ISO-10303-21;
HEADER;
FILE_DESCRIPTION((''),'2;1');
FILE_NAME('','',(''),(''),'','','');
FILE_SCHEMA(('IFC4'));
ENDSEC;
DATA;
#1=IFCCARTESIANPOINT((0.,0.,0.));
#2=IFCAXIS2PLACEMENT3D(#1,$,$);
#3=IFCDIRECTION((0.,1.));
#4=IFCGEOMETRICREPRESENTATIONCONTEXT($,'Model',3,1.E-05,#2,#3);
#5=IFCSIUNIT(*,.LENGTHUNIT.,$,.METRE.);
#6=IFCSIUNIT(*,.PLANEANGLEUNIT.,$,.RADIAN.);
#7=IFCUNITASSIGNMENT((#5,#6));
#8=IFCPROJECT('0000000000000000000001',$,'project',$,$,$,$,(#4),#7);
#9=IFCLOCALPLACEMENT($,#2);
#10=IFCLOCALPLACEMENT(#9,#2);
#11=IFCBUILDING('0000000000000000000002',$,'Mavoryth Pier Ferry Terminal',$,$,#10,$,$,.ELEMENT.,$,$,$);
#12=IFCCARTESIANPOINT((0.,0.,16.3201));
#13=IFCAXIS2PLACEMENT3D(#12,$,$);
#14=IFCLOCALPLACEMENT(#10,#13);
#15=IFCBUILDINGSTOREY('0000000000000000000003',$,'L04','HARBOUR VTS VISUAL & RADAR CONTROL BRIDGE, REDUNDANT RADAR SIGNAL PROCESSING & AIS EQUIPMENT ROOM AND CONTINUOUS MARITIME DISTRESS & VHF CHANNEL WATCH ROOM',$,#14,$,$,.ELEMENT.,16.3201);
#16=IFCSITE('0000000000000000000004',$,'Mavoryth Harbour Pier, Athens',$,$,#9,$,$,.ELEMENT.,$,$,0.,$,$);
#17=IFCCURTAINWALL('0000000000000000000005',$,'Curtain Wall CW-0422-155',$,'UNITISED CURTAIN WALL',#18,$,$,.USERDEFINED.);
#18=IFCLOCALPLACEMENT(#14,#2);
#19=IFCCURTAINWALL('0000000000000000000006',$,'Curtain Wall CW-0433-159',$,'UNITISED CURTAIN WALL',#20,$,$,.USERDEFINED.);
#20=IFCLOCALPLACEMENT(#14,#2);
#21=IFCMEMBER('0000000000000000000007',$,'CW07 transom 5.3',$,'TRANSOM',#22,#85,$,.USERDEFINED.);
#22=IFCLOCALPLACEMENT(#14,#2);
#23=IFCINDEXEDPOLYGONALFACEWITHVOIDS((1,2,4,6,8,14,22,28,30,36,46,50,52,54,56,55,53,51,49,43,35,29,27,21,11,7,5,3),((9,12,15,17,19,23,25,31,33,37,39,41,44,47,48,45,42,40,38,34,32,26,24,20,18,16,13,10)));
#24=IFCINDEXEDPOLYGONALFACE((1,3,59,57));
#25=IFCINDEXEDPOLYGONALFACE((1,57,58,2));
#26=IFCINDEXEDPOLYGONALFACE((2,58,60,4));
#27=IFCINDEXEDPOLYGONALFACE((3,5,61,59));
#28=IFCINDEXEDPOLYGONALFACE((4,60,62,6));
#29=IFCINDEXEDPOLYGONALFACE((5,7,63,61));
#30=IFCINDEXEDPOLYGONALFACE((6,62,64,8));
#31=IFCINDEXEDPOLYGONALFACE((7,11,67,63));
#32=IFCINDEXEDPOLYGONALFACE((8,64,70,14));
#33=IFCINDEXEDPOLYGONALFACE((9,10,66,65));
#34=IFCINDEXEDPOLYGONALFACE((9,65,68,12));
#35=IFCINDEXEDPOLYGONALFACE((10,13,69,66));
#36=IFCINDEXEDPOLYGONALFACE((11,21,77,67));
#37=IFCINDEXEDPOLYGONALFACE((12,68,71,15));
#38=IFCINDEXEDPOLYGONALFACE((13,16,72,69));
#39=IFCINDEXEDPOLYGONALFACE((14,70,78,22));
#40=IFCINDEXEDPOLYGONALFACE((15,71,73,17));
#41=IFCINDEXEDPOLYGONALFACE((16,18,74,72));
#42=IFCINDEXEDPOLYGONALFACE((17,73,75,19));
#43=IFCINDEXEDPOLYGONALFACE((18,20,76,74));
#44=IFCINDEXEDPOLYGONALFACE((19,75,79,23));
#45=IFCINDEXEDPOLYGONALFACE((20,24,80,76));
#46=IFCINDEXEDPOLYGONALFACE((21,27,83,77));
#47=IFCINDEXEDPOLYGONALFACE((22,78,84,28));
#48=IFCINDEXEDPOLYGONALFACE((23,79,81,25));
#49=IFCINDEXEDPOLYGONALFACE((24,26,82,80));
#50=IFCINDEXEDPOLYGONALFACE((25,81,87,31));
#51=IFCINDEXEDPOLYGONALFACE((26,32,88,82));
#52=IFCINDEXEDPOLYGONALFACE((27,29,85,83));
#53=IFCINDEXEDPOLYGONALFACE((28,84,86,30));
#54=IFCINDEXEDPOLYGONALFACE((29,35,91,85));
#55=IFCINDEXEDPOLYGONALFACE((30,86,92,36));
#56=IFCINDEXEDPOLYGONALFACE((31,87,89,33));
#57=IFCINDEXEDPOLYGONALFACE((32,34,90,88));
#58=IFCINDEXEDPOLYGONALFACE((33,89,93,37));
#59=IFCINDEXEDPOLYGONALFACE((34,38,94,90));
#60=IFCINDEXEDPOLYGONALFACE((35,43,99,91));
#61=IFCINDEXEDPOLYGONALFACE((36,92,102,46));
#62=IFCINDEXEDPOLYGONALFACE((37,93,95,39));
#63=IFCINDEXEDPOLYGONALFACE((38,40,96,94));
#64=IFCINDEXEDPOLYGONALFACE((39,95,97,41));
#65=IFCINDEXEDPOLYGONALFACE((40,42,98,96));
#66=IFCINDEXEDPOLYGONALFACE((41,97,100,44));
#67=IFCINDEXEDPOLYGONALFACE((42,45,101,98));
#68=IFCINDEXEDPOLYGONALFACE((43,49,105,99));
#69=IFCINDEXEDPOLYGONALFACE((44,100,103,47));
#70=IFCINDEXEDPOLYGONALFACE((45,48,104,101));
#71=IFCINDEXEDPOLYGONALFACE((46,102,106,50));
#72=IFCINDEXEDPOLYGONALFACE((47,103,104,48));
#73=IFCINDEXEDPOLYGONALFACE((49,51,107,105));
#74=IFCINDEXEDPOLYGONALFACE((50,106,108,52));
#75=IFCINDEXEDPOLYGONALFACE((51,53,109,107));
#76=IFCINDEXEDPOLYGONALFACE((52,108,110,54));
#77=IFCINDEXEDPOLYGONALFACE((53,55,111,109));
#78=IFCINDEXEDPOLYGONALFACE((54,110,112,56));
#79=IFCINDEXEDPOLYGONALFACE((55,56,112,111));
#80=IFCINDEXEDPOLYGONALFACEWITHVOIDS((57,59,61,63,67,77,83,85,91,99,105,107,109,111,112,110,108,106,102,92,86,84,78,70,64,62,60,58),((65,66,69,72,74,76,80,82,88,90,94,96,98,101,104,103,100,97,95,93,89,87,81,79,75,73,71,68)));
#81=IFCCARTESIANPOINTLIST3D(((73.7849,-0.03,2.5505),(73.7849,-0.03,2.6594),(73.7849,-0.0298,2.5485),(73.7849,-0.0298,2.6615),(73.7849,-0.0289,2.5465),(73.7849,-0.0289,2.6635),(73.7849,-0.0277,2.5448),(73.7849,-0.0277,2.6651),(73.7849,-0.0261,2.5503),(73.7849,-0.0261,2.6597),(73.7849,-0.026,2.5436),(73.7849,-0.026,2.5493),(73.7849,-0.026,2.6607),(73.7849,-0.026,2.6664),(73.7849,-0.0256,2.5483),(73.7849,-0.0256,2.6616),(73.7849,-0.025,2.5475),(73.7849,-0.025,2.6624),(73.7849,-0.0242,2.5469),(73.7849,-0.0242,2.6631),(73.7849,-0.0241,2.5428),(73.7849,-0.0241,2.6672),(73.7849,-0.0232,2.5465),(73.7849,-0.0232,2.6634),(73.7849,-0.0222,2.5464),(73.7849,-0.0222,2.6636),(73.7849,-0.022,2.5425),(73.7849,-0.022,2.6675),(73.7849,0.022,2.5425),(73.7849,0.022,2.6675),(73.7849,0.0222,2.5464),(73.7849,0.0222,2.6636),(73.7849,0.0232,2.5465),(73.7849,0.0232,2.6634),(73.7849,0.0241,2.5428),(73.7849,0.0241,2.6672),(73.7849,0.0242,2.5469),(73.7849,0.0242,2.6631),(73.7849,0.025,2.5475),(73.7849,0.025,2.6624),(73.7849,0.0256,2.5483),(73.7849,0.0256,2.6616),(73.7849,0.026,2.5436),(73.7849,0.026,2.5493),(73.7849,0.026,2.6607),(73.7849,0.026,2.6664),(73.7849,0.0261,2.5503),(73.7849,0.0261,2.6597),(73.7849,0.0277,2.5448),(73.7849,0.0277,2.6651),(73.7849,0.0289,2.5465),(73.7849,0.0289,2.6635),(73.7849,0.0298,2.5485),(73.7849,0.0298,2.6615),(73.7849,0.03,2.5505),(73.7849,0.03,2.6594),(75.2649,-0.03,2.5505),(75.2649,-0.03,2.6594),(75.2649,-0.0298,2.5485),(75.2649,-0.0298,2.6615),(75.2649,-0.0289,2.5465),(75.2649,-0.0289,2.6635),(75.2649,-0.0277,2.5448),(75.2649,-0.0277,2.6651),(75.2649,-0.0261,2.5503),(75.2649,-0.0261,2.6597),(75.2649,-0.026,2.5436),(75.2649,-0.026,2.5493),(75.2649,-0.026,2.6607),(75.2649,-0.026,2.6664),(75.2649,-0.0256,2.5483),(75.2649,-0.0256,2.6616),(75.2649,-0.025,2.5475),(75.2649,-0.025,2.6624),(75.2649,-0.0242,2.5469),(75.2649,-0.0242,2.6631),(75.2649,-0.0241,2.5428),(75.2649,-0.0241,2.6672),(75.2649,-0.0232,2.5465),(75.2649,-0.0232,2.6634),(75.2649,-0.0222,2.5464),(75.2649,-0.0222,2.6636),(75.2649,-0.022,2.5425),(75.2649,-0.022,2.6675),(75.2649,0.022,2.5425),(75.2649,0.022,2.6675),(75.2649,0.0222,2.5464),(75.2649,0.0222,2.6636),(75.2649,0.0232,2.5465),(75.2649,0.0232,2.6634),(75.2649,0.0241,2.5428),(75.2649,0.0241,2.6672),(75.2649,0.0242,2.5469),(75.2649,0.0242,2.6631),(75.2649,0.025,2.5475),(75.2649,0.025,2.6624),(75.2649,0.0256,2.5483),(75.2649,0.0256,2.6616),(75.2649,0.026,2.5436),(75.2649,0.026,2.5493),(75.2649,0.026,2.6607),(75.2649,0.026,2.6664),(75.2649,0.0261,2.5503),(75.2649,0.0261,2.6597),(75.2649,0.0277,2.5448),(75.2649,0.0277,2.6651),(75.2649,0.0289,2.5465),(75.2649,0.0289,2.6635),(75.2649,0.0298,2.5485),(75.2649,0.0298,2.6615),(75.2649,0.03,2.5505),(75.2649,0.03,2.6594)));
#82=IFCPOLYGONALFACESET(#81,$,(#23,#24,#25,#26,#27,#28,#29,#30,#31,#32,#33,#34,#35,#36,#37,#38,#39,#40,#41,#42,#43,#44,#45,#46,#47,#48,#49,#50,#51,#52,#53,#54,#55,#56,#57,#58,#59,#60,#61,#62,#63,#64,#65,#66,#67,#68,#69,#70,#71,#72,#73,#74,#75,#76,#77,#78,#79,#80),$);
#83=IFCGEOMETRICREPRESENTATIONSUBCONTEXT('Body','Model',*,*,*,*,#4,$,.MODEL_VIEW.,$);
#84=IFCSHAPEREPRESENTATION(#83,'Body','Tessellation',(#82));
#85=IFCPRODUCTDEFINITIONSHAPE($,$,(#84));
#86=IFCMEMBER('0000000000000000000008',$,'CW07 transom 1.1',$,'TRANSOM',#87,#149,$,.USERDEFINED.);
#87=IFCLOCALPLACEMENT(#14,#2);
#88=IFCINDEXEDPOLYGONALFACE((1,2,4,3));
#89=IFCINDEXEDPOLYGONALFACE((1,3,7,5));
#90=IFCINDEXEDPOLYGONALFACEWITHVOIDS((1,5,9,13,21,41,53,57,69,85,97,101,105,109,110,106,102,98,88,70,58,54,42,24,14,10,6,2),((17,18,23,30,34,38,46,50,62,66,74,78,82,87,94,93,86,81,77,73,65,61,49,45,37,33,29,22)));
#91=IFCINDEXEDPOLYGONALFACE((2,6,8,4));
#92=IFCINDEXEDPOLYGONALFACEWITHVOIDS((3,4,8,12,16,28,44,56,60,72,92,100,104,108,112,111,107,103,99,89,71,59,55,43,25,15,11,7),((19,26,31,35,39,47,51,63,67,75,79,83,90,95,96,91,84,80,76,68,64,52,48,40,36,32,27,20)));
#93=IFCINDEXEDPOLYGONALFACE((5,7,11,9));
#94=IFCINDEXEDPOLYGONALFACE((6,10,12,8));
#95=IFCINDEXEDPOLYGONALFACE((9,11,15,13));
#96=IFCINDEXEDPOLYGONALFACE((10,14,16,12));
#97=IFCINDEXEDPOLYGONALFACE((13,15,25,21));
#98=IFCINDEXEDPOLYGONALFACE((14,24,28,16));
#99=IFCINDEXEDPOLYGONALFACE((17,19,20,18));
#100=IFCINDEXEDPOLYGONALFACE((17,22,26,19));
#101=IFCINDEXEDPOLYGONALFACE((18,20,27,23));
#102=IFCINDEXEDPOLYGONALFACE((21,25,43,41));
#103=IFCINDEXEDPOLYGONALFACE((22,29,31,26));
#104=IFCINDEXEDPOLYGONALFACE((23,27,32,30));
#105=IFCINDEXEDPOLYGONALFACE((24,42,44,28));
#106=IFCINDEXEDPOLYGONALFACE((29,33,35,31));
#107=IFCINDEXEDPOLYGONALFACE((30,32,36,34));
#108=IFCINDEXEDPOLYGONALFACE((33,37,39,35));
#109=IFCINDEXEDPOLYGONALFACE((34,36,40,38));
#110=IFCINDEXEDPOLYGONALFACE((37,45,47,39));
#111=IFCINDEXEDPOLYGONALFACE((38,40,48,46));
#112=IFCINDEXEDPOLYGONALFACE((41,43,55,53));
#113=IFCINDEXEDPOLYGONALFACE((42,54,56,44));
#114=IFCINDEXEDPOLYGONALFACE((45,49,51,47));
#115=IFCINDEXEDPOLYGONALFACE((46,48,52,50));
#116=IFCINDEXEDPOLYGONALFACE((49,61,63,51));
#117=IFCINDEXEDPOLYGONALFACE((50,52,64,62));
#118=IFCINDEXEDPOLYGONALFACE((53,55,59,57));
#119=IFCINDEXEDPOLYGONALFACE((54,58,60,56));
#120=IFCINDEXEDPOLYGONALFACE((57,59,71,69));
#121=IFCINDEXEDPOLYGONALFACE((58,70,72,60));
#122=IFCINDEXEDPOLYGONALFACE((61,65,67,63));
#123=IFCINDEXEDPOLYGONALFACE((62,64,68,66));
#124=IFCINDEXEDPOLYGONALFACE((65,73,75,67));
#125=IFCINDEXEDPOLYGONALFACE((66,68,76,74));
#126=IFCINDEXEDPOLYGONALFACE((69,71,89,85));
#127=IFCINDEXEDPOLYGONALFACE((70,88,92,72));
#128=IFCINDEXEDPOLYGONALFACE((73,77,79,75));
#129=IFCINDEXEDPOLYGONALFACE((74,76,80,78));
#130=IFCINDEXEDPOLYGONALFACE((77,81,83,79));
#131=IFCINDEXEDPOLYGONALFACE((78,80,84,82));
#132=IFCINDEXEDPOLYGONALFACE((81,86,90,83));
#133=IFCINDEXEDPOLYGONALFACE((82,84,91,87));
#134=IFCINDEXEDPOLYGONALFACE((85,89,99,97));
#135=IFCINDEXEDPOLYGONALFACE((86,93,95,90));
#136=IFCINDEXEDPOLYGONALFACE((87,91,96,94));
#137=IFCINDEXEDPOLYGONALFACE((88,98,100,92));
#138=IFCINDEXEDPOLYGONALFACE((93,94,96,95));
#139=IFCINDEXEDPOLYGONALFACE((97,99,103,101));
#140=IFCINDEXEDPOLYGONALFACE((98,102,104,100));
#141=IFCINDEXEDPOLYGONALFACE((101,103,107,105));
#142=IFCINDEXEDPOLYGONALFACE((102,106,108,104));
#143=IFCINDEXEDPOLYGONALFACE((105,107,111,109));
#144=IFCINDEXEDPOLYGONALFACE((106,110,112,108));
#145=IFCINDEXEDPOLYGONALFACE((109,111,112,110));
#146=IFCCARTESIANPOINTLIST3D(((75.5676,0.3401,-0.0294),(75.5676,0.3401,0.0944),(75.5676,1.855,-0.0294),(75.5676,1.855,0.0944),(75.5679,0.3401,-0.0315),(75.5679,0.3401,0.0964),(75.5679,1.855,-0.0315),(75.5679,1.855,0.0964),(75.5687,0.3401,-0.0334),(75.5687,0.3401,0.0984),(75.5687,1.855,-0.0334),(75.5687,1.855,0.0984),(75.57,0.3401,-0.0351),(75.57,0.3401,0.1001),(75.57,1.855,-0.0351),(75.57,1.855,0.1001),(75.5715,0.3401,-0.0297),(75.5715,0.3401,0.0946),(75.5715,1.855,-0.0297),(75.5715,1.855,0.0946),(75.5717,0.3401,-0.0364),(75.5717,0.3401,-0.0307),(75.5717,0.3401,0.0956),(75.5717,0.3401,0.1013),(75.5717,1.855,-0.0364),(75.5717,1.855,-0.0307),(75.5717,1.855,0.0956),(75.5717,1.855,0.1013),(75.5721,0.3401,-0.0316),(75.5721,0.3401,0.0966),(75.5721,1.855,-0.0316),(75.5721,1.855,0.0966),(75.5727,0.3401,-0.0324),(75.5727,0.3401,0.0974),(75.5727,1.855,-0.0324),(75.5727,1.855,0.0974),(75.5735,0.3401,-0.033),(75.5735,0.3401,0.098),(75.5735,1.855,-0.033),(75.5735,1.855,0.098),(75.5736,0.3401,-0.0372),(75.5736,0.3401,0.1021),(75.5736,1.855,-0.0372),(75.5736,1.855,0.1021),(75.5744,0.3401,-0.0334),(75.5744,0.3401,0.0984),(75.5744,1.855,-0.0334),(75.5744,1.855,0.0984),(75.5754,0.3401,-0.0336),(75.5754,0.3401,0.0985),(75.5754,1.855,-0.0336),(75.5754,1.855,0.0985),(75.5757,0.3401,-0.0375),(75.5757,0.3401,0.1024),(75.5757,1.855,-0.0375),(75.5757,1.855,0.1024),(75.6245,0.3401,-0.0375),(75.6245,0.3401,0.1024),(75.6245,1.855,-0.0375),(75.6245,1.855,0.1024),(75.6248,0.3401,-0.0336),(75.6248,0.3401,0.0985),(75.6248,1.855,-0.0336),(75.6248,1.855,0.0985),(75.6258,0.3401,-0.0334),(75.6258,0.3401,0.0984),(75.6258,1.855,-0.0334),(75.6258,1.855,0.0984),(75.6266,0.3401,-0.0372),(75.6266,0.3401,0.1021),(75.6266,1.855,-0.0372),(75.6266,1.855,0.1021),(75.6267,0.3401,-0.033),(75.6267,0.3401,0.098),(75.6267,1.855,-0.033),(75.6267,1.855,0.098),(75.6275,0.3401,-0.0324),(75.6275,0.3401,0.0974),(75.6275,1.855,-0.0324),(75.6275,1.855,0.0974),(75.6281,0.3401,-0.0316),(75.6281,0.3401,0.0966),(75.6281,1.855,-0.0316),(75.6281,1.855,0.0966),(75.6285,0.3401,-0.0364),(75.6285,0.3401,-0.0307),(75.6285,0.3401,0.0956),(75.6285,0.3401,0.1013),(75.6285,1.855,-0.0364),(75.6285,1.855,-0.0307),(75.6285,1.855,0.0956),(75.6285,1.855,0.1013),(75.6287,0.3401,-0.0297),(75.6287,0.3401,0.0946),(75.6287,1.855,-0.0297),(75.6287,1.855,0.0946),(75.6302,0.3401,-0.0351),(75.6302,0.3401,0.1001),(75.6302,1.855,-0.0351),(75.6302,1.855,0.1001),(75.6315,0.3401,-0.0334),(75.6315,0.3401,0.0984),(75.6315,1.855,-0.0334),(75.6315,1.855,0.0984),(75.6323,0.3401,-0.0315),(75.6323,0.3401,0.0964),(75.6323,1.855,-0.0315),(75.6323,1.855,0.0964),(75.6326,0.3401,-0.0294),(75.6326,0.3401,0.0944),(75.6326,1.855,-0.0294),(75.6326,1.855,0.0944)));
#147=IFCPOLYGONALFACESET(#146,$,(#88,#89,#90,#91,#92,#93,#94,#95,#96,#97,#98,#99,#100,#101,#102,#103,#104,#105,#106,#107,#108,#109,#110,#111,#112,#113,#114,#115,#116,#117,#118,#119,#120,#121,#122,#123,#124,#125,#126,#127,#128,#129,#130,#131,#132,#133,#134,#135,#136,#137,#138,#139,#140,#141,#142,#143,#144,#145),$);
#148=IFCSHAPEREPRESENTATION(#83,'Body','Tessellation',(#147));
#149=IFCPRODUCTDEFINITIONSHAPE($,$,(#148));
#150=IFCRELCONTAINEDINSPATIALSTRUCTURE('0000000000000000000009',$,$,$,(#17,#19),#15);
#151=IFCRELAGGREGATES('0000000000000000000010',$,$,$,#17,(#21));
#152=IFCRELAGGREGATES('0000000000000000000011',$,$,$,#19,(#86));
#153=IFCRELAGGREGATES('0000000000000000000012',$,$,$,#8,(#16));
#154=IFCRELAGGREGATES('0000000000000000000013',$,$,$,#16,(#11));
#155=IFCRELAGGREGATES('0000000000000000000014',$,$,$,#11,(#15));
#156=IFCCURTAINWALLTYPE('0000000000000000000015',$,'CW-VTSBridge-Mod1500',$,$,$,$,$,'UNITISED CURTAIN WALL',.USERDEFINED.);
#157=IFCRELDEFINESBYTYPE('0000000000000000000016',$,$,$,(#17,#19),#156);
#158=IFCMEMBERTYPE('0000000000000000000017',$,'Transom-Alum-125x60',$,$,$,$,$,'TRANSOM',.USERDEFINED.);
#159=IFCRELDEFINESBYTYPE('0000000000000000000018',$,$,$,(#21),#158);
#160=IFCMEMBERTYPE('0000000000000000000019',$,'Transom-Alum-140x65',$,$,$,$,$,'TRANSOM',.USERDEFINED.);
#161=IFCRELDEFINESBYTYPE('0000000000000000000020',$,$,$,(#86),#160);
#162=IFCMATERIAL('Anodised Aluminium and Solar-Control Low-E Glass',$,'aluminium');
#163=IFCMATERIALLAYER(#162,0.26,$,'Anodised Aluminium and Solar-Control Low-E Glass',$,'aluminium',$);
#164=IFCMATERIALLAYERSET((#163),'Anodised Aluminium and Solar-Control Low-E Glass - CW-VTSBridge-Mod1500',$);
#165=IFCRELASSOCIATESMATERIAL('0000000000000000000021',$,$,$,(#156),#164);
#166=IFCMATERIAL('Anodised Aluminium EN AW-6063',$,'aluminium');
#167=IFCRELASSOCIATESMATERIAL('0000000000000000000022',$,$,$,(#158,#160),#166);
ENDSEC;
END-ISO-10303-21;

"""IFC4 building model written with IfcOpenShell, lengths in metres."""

from ifc_helpers import new_model, si_unit, direction, frame, origin, origin_2d, place, context, subcontext, project, spatial, hollow_rectangle, extrude, material, layer, layer_set, material_profile, profile_set, type_object, element, aggregate, save


model = new_model("IFC4")

# Units and contexts
model_context = context("Model", 3, precision=1e-05, world=origin(), true_north=direction((0.0, 1.0)))
body_context = subcontext(model_context, "Body", "Model", "MODEL_VIEW")
ifc_project = project(units=[si_unit("LENGTHUNIT", "METRE"), si_unit("PLANEANGLEUNIT", "RADIAN")], contexts=[model_context])

# Site, building, storey
site_placement = place(None, origin())
site = spatial("IfcSite", under=ifc_project, at=site_placement, Name="Mavoryth Harbour Pier, Athens", CompositionType="ELEMENT", RefElevation=0.0)
building_placement = place(site_placement, origin())
building = spatial("IfcBuilding", under=site, at=building_placement, Name="Mavoryth Pier Ferry Terminal", CompositionType="ELEMENT")
storey_placement = place(building_placement, frame((0.0, 0.0, 16.3201)))
storey = spatial("IfcBuildingStorey", under=building, at=storey_placement, Name="L04", Description="HARBOUR VTS VISUAL & RADAR CONTROL BRIDGE, REDUNDANT RADAR SIGNAL PROCESSING & AIS EQUIPMENT ROOM AND CONTINUOUS MARITIME DISTRESS & VHF CHANNEL WATCH ROOM", CompositionType="ELEMENT", Elevation=16.3201)

# Curtain walls
ifc_material_1 = material(Name="Anodised Aluminium and Solar-Control Low-E Glass", Category="aluminium")
ifc_layer_1 = layer(ifc_material_1, 0.26, Name="Anodised Aluminium and Solar-Control Low-E Glass", Category="aluminium")
ifc_layer_set_1 = layer_set([ifc_layer_1], Name="Anodised Aluminium and Solar-Control Low-E Glass - CW-VTSBridge-Mod1500")
curtain_wall_type = type_object("IfcCurtainWallType", Name="CW-VTSBridge-Mod1500", ElementType="UNITISED CURTAIN WALL", PredefinedType="USERDEFINED", material=ifc_layer_set_1)
curtain_wall_1_placement = place(storey_placement, origin())
curtain_wall_1 = element("IfcCurtainWall", 1, at=curtain_wall_1_placement, inside=storey, type_object=curtain_wall_type, Name="Curtain Wall CW-0422-155", ObjectType="UNITISED CURTAIN WALL", PredefinedType="USERDEFINED")
ifc_material_2 = material(Name="Anodised Aluminium EN AW-6063", Category="aluminium")
curtain_wall_2_placement = place(storey_placement, origin())
curtain_wall_2 = element("IfcCurtainWall", 2, at=curtain_wall_2_placement, inside=storey, type_object=curtain_wall_type, Name="Curtain Wall CW-0433-159", ObjectType="UNITISED CURTAIN WALL", PredefinedType="USERDEFINED")

# Members
ifc_material_profile_1 = material_profile(ifc_material_2, hollow_rectangle(XDim=0.0601, YDim=0.125, WallThickness=0.0039, InnerFilletRadius=0.0039, OuterFilletRadius=0.0081, at=origin_2d()), Name="AL-TRAN 125x60x4", Category="aluminium")
ifc_profile_set_1 = profile_set([ifc_material_profile_1], Name="Anodised Aluminium EN AW-6063 - AL-TRAN 125x60x4")
member_type_1 = type_object("IfcMemberType", Name="Transom-Alum-125x60", ElementType="TRANSOM", PredefinedType="USERDEFINED", material=ifc_profile_set_1)
member_1_placement = place(storey_placement, frame((73.7849, 0.0, 2.605), z_axis=(1.0, 0.0, 0.0), x_axis=(0.0, 1.0, 0.0)))
member_1 = element("IfcMember", 3, at=member_1_placement, type_object=member_type_1, Name="CW07 transom 5.3", ObjectType="TRANSOM", PredefinedType="USERDEFINED", context=body_context, shape_type="SweptSolid", body=[
    extrude(hollow_rectangle(XDim=0.0601, YDim=0.125, WallThickness=0.0039, InnerFilletRadius=0.0039, OuterFilletRadius=0.0081, at=origin_2d()), origin(), (0.0, 0.0, 1.0), 1.48),
])
ifc_material_profile_2 = material_profile(ifc_material_2, hollow_rectangle(XDim=0.0649, YDim=0.1399, WallThickness=0.0039, InnerFilletRadius=0.0039, OuterFilletRadius=0.0081, at=origin_2d()), Name="AL-TRAN 140x65x4", Category="aluminium")
ifc_profile_set_2 = profile_set([ifc_material_profile_2], Name="Anodised Aluminium EN AW-6063 - AL-TRAN 140x65x4")
member_type_2 = type_object("IfcMemberType", Name="Transom-Alum-140x65", ElementType="TRANSOM", PredefinedType="USERDEFINED", material=ifc_profile_set_2)
member_2_placement = place(storey_placement, frame((75.6001, 0.3401, 0.0325), z_axis=(0.0, 1.0, 0.0), x_axis=(-1.0, 0.0, 0.0)))
member_2 = element("IfcMember", 4, at=member_2_placement, type_object=member_type_2, Name="CW07 transom 1.1", ObjectType="TRANSOM", PredefinedType="USERDEFINED", context=body_context, shape_type="SweptSolid", body=[
    extrude(hollow_rectangle(XDim=0.0649, YDim=0.1399, WallThickness=0.0039, InnerFilletRadius=0.0039, OuterFilletRadius=0.0081, at=origin_2d()), origin(), (0.0, 0.0, 1.0), 1.5149),
])

aggregate(curtain_wall_1, [member_1])
aggregate(curtain_wall_2, [member_2])

save(model, "model.ifc")
